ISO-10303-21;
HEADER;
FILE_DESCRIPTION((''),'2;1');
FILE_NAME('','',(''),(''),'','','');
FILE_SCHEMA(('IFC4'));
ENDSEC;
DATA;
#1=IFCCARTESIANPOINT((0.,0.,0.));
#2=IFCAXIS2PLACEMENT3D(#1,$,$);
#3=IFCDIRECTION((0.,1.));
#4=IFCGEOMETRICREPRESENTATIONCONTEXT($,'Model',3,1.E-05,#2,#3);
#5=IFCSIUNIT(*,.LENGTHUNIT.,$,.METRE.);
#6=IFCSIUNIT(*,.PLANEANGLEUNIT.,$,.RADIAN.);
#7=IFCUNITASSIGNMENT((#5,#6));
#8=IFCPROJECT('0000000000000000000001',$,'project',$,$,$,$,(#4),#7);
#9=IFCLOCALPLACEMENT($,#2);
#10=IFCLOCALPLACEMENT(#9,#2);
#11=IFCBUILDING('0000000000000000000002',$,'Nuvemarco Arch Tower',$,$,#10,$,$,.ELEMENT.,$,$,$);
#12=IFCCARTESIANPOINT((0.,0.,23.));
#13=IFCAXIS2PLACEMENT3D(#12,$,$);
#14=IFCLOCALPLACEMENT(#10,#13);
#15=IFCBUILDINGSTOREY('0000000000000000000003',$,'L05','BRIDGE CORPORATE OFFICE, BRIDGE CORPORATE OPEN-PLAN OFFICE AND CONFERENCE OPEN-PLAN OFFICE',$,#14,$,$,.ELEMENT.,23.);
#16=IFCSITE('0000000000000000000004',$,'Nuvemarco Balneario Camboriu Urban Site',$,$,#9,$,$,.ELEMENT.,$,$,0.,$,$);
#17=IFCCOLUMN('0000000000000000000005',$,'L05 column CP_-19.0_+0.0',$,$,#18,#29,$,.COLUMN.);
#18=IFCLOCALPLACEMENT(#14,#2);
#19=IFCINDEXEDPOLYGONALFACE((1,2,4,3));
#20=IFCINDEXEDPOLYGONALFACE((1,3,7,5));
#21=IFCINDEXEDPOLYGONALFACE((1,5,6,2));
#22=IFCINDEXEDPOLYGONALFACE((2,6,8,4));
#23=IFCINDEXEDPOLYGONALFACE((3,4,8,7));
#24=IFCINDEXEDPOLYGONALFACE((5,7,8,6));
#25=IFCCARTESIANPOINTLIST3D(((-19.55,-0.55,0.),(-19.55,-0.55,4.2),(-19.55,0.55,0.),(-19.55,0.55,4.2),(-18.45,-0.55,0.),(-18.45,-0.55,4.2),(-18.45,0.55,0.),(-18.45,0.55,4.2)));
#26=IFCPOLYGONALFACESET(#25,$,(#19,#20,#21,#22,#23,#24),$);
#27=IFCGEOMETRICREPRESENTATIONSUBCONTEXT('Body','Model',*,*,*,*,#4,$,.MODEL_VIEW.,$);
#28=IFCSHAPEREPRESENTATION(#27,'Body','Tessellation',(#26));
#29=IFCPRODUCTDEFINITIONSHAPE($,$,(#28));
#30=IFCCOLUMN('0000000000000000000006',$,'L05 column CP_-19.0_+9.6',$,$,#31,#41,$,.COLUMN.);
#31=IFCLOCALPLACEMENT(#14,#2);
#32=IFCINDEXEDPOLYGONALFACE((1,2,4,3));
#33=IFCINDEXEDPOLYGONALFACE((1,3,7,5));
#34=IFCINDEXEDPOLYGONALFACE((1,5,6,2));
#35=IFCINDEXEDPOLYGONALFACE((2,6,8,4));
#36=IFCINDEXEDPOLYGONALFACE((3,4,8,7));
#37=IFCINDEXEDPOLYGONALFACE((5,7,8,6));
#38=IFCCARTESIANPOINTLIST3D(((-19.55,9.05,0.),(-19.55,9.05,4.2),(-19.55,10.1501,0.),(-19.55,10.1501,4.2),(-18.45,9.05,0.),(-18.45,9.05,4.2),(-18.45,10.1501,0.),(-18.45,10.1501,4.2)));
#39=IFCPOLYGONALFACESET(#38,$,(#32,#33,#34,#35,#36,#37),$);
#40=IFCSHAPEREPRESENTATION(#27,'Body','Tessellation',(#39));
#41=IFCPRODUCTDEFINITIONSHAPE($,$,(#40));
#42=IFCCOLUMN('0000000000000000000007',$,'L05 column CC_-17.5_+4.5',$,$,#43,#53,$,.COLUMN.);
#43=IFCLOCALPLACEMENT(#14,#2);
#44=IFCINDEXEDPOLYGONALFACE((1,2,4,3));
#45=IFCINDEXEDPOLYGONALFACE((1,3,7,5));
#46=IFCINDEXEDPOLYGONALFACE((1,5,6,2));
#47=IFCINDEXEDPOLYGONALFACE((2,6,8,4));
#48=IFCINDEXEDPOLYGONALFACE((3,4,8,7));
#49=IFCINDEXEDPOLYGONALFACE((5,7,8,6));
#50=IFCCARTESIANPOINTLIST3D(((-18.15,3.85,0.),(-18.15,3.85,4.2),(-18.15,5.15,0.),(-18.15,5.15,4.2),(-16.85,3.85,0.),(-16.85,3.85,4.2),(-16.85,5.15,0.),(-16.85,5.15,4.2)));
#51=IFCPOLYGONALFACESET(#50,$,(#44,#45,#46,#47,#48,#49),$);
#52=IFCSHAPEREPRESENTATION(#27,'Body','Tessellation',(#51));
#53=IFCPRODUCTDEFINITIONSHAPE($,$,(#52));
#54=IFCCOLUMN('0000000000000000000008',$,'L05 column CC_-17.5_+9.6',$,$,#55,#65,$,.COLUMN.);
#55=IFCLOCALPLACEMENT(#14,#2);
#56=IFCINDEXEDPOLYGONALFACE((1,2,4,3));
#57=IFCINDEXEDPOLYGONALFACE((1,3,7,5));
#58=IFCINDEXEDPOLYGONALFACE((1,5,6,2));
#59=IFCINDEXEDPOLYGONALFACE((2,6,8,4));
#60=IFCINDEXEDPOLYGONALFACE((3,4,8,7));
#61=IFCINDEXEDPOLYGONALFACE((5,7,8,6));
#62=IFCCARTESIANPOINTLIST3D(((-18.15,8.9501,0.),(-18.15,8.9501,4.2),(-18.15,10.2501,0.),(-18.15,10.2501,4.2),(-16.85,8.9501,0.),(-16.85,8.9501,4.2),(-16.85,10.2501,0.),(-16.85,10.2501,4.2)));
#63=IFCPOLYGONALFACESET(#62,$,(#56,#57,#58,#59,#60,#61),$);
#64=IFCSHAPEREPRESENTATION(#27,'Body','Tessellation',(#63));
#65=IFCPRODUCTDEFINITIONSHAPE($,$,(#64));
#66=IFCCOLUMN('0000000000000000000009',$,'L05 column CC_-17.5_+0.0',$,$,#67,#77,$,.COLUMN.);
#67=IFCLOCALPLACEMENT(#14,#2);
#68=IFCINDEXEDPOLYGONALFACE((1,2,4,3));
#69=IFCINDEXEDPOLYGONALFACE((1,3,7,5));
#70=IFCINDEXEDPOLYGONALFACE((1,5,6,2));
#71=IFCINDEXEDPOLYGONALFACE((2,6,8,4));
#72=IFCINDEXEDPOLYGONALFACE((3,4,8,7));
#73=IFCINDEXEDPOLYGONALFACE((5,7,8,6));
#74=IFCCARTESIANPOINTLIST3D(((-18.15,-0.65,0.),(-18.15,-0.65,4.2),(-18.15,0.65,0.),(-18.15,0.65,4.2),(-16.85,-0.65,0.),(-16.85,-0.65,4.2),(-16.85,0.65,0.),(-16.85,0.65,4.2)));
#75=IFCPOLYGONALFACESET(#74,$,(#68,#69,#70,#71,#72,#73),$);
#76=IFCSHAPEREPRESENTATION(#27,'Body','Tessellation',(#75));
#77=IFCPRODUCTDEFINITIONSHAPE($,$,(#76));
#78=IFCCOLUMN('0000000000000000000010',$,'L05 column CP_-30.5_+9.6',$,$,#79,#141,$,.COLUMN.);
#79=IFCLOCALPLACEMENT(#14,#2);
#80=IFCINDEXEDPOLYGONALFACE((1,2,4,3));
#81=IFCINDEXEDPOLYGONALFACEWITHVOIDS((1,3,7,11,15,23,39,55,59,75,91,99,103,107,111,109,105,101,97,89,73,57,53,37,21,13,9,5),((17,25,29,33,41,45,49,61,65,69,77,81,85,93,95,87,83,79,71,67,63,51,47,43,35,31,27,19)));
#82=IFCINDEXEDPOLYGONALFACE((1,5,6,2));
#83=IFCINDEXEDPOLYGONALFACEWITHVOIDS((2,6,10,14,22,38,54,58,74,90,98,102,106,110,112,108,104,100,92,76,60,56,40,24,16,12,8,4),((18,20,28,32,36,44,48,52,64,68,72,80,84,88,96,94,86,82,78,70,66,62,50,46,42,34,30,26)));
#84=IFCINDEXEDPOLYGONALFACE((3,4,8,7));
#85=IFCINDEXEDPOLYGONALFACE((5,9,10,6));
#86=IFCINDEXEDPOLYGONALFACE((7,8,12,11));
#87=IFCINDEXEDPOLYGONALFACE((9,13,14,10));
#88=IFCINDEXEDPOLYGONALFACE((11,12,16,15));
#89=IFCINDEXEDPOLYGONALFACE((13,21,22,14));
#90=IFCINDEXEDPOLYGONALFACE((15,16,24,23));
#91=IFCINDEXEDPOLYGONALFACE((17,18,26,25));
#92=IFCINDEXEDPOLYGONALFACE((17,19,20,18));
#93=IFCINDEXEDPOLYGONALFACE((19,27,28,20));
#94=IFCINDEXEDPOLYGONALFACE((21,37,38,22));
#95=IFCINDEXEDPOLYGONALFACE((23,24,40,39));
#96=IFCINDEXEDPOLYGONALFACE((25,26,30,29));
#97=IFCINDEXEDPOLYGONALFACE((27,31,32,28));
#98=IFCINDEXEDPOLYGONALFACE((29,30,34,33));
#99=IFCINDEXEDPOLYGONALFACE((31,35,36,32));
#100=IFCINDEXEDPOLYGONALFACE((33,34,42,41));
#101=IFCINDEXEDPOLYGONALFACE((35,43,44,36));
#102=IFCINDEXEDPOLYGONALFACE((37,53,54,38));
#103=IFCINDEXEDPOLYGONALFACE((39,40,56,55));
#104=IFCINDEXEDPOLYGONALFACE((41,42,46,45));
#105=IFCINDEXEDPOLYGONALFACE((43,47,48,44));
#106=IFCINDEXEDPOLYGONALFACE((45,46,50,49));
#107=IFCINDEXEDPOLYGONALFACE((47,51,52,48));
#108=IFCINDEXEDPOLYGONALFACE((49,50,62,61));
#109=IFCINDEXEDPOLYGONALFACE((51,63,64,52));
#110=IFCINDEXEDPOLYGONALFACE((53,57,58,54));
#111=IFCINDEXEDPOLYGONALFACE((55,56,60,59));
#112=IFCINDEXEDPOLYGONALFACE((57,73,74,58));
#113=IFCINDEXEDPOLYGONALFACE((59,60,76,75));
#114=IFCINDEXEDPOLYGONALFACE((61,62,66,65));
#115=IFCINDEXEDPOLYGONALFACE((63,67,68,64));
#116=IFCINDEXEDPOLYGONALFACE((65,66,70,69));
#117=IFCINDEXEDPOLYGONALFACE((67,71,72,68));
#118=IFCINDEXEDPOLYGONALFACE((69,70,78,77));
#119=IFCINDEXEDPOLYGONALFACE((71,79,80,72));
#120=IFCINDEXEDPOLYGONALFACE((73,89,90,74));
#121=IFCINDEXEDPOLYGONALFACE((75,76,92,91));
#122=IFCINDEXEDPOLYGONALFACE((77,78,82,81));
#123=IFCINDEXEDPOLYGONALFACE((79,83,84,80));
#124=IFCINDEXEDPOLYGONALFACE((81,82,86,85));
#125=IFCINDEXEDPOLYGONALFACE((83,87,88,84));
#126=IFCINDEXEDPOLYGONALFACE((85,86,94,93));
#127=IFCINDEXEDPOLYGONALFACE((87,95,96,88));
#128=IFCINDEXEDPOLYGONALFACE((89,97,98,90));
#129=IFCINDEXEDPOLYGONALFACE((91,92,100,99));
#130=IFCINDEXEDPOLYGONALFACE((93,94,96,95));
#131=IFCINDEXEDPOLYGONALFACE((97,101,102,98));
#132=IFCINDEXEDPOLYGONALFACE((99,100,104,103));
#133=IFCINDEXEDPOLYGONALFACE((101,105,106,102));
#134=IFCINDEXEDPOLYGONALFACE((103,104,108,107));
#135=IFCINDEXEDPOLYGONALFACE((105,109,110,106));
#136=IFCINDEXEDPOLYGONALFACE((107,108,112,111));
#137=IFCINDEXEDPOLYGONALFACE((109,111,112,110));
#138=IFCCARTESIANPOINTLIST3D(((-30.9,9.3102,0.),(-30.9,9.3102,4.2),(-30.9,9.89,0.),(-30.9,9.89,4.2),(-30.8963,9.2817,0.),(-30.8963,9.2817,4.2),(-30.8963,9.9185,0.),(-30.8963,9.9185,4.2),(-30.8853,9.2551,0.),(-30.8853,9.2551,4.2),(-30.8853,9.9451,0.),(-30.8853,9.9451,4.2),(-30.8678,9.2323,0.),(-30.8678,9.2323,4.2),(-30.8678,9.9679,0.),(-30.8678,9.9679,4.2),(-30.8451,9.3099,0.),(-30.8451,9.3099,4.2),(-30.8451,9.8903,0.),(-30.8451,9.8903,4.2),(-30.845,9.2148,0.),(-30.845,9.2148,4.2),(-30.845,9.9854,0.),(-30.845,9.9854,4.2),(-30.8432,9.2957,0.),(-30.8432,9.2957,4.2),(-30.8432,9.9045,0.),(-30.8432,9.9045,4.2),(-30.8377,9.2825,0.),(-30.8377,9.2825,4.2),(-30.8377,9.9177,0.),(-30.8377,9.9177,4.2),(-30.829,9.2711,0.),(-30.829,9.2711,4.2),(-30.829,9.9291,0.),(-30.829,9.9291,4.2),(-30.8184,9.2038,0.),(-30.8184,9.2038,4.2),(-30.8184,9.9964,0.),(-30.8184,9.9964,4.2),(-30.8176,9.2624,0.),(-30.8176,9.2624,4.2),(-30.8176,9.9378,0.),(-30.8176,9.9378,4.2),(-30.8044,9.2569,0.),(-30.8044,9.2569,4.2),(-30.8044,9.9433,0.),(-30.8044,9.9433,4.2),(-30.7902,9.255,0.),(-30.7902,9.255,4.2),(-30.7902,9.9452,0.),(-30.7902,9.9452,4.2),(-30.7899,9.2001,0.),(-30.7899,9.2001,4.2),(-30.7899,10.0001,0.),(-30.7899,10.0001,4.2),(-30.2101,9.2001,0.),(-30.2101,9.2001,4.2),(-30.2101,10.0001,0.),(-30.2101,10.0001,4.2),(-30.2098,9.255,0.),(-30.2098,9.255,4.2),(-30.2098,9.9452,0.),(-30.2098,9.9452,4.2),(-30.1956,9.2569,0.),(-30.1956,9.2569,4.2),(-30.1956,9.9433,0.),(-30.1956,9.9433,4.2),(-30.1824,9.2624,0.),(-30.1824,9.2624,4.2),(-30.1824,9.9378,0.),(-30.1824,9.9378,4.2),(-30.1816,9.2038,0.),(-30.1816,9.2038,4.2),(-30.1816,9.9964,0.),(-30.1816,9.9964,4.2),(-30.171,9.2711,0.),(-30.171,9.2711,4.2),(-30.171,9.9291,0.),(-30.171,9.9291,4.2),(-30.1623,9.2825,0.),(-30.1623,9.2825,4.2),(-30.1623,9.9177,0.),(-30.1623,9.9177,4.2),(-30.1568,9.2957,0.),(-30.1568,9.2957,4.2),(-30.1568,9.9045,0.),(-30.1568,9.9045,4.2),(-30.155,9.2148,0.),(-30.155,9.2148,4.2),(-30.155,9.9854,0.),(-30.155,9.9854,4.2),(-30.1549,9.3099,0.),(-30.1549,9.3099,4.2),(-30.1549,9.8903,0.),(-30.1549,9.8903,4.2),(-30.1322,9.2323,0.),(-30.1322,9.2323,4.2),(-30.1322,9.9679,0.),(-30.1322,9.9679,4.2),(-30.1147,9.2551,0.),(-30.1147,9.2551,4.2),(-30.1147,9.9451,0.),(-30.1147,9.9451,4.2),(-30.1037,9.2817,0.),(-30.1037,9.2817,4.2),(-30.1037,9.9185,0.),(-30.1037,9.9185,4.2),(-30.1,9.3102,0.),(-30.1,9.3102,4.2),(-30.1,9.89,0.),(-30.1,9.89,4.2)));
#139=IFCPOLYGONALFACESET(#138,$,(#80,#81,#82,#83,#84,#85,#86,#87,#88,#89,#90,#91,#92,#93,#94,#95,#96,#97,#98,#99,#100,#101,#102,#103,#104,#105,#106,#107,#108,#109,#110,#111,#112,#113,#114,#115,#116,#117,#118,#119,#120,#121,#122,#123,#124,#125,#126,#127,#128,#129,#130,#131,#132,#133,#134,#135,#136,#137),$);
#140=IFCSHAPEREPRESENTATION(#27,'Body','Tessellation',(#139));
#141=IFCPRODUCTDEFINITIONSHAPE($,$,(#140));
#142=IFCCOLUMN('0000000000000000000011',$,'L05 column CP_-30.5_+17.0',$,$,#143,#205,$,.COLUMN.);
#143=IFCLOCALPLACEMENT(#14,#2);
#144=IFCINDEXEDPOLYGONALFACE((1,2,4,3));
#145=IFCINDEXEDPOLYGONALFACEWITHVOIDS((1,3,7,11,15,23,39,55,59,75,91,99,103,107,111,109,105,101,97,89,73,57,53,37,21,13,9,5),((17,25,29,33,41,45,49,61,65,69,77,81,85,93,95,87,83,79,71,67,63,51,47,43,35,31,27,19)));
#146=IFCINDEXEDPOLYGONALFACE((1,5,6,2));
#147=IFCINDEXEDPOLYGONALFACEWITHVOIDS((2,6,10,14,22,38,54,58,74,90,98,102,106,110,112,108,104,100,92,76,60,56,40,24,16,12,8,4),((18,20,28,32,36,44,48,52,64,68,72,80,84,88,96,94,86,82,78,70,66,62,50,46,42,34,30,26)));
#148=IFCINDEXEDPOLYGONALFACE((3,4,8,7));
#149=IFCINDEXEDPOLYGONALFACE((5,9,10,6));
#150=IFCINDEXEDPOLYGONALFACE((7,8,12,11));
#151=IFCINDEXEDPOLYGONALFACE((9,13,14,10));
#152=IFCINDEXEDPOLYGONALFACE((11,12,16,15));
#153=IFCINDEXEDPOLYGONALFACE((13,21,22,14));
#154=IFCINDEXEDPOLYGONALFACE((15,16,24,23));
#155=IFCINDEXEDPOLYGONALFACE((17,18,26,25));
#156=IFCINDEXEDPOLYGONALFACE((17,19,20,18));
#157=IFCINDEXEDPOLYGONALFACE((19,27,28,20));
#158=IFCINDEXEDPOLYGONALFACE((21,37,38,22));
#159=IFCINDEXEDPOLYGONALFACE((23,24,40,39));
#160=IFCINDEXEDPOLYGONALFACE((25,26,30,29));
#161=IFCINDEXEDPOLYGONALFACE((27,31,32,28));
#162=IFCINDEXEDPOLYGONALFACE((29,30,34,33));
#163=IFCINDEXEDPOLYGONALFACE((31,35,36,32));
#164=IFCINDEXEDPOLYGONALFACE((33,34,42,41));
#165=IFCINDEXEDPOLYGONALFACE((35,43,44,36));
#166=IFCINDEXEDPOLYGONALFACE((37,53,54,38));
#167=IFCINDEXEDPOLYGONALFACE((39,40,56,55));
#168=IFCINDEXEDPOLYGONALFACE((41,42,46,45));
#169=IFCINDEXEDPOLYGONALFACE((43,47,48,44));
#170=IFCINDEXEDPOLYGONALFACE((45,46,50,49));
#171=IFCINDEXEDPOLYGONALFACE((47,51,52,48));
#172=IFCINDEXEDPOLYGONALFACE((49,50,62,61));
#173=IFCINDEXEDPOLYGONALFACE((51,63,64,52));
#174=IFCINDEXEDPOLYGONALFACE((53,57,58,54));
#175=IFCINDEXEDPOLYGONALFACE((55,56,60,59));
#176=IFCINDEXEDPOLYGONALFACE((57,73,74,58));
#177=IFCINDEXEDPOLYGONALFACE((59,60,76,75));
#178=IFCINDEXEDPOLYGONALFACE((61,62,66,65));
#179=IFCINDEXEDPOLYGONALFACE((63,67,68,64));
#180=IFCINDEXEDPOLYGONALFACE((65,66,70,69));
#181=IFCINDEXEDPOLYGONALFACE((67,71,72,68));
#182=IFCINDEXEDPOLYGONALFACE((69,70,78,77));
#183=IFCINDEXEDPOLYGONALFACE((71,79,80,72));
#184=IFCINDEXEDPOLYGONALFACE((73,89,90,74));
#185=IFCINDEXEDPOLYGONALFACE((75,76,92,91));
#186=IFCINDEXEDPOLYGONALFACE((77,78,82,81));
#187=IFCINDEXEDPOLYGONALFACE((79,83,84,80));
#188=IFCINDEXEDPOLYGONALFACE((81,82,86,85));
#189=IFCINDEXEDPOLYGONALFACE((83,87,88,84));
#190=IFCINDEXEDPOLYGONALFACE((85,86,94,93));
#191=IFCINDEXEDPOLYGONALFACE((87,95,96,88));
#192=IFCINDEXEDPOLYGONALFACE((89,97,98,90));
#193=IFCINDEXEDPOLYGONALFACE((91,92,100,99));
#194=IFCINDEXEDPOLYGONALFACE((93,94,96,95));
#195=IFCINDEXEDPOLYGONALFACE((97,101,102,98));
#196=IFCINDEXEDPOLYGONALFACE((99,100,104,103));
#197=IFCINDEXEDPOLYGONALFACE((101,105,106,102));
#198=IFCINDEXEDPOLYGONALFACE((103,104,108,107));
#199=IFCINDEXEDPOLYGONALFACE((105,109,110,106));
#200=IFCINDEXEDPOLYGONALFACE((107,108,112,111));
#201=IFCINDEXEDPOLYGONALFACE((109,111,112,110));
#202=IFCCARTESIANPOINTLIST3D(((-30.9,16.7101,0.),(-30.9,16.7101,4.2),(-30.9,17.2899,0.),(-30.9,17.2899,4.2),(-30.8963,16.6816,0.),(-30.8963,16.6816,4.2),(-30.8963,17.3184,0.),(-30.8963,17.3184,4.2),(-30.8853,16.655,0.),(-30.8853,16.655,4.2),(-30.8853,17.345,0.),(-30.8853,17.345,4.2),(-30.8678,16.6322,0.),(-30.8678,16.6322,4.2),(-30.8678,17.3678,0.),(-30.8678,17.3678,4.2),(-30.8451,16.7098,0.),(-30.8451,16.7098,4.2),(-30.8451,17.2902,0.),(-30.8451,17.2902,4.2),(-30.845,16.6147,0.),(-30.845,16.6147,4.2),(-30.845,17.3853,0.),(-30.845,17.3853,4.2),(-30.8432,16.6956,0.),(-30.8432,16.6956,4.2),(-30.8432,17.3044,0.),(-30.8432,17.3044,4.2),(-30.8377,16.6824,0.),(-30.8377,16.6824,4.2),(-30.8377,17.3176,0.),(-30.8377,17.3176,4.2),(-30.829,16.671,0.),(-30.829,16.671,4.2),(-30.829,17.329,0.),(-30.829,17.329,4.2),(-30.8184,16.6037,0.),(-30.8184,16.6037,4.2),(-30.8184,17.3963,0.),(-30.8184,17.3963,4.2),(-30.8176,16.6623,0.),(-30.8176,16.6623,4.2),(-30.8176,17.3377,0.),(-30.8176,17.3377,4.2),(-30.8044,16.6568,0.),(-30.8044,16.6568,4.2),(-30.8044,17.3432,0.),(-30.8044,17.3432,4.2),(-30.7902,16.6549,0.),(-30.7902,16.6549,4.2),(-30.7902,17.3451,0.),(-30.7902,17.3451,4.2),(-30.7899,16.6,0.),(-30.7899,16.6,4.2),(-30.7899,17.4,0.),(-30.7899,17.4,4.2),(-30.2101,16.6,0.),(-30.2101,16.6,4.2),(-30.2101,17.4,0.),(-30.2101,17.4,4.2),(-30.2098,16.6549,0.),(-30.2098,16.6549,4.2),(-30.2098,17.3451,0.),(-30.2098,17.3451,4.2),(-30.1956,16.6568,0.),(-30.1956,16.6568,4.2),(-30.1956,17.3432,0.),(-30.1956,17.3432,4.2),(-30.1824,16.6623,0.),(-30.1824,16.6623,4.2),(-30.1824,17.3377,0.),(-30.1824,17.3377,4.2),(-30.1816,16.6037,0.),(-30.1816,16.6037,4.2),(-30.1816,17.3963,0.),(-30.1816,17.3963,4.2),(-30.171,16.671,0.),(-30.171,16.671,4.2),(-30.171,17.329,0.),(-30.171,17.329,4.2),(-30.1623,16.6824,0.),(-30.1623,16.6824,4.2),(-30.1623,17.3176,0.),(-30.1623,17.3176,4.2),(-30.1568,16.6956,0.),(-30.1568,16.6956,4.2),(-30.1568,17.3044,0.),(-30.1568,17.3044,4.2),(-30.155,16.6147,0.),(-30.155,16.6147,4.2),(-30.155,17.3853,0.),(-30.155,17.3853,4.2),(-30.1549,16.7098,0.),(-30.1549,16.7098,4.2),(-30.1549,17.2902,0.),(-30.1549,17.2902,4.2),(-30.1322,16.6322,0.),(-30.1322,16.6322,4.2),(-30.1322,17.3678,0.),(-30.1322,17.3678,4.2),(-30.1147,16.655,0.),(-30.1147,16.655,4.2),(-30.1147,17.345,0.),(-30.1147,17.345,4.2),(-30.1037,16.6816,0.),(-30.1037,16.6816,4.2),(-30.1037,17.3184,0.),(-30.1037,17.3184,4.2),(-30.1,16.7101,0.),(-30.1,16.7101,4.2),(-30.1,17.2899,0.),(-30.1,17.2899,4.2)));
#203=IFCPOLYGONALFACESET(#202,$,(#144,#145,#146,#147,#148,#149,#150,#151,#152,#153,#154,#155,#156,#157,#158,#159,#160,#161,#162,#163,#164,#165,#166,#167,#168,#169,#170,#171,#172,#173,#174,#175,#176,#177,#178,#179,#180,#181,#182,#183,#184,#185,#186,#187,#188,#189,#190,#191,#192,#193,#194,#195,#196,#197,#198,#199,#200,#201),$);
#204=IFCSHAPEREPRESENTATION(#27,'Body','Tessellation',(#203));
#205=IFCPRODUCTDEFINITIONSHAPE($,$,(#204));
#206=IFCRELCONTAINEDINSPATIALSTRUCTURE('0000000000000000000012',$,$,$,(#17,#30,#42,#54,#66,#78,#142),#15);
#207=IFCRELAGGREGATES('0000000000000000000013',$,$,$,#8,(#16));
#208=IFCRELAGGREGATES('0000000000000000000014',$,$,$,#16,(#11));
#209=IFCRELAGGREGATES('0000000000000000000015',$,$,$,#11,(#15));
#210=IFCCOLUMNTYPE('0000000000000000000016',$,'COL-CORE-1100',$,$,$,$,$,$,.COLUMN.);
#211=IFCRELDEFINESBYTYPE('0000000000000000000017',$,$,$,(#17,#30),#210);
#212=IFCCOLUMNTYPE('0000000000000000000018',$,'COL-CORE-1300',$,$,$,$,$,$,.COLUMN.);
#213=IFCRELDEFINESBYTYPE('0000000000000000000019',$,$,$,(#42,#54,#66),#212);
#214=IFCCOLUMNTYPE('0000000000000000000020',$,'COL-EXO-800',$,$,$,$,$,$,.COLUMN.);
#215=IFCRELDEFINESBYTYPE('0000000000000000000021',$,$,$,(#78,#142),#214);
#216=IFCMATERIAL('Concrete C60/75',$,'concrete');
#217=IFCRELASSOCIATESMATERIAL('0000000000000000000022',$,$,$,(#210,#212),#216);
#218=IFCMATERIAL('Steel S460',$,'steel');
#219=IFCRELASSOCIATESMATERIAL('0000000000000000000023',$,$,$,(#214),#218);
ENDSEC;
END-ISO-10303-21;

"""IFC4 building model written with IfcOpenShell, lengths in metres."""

from ifc_helpers import new_model, si_unit, direction, frame, origin, origin_2d, place, context, subcontext, project, spatial, rectangle, hollow_rectangle, extrude, material, material_profile, profile_set, type_object, element, save


model = new_model("IFC4")

# Units and contexts
model_context = context("Model", 3, precision=1e-05, world=origin(), true_north=direction((0.0, 1.0)))
body_context = subcontext(model_context, "Body", "Model", "MODEL_VIEW")
ifc_project = project(units=[si_unit("LENGTHUNIT", "METRE"), si_unit("PLANEANGLEUNIT", "RADIAN")], contexts=[model_context])

# Site, building, storey
site_placement = place(None, origin())
site = spatial("IfcSite", under=ifc_project, at=site_placement, Name="Nuvemarco Balneario Camboriu Urban Site", CompositionType="ELEMENT", RefElevation=0.0)
building_placement = place(site_placement, origin())
building = spatial("IfcBuilding", under=site, at=building_placement, Name="Nuvemarco Arch Tower", CompositionType="ELEMENT")
storey_placement = place(building_placement, frame((0.0, 0.0, 23.0)))
storey = spatial("IfcBuildingStorey", under=building, at=storey_placement, Name="L05", Description="BRIDGE CORPORATE OFFICE, BRIDGE CORPORATE OPEN-PLAN OFFICE AND CONFERENCE OPEN-PLAN OFFICE", CompositionType="ELEMENT", Elevation=23.0)

# Columns
ifc_material_1 = material(Name="Concrete C60/75", Category="concrete")
ifc_material_profile_1 = material_profile(ifc_material_1, rectangle(XDim=1.1001, YDim=1.1001, at=origin_2d()), Name="RC-COL-1100x1100")
ifc_profile_set_1 = profile_set([ifc_material_profile_1], Name="Concrete C60/75")
column_type_1 = type_object("IfcColumnType", Name="COL-CORE-1100", PredefinedType="COLUMN", material=ifc_profile_set_1)
for number, where, z_axis, x_axis, name in (
    (1, (-19.0, 0.0, 0.0), (0.0, 0.0, 1.0), (1.0, 0.0, 0.0), "L05 column CP_-19.0_+0.0"),
    (2, (-19.0, 9.6001, 0.0), (0.0, 0.0, 1.0), (1.0, 0.0, 0.0), "L05 column CP_-19.0_+9.6"),
):
    element("IfcColumn", number, at=place(storey_placement, frame(where, z_axis=z_axis, x_axis=x_axis)), inside=storey, type_object=column_type_1, Name=name, PredefinedType="COLUMN", context=body_context, shape_type="SweptSolid", body=[
        extrude(rectangle(XDim=1.1001, YDim=1.1001, at=origin_2d()), origin(), (0.0, 0.0, 1.0), 4.2),
    ])
ifc_material_profile_2 = material_profile(ifc_material_1, rectangle(XDim=1.3, YDim=1.3, at=origin_2d()), Name="RC-COL-1300x1300")
ifc_profile_set_2 = profile_set([ifc_material_profile_2], Name="Concrete C60/75")
column_type_2 = type_object("IfcColumnType", Name="COL-CORE-1300", PredefinedType="COLUMN", material=ifc_profile_set_2)
for number, where, z_axis, x_axis, name in (
    (3, (-17.5, 4.5, 0.0), (0.0, 0.0, 1.0), (1.0, 0.0, 0.0), "L05 column CC_-17.5_+4.5"),
    (4, (-17.5, 9.6001, 0.0), (0.0, 0.0, 1.0), (1.0, 0.0, 0.0), "L05 column CC_-17.5_+9.6"),
    (5, (-17.5, 0.0, 0.0), (0.0, 0.0, 1.0), (1.0, 0.0, 0.0), "L05 column CC_-17.5_+0.0"),
):
    element("IfcColumn", number, at=place(storey_placement, frame(where, z_axis=z_axis, x_axis=x_axis)), inside=storey, type_object=column_type_2, Name=name, PredefinedType="COLUMN", context=body_context, shape_type="SweptSolid", body=[
        extrude(rectangle(XDim=1.3, YDim=1.3, at=origin_2d()), origin(), (0.0, 0.0, 1.0), 4.2),
    ])
ifc_material_2 = material(Name="Steel S460", Category="steel")
ifc_material_profile_3 = material_profile(ifc_material_2, hollow_rectangle(XDim=0.8, YDim=0.8, WallThickness=0.0549, InnerFilletRadius=0.0549, OuterFilletRadius=0.1101, at=origin_2d()), Name="SHS800x800x55")
ifc_profile_set_3 = profile_set([ifc_material_profile_3], Name="Steel S460")
column_type_3 = type_object("IfcColumnType", Name="COL-EXO-800", PredefinedType="COLUMN", material=ifc_profile_set_3)
for number, where, z_axis, x_axis, name in (
    (6, (-30.5, 9.6001, 0.0), (0.0, 0.0, 1.0), (1.0, 0.0, 0.0), "L05 column CP_-30.5_+9.6"),
    (7, (-30.5, 17.0, 0.0), (0.0, 0.0, 1.0), (1.0, 0.0, 0.0), "L05 column CP_-30.5_+17.0"),
):
    element("IfcColumn", number, at=place(storey_placement, frame(where, z_axis=z_axis, x_axis=x_axis)), inside=storey, type_object=column_type_3, Name=name, PredefinedType="COLUMN", context=body_context, shape_type="SweptSolid", body=[
        extrude(hollow_rectangle(XDim=0.8, YDim=0.8, WallThickness=0.0549, InnerFilletRadius=0.0549, OuterFilletRadius=0.1101, at=origin_2d()), origin(), (0.0, 0.0, 1.0), 4.2),
    ])

save(model, "model.ifc")
